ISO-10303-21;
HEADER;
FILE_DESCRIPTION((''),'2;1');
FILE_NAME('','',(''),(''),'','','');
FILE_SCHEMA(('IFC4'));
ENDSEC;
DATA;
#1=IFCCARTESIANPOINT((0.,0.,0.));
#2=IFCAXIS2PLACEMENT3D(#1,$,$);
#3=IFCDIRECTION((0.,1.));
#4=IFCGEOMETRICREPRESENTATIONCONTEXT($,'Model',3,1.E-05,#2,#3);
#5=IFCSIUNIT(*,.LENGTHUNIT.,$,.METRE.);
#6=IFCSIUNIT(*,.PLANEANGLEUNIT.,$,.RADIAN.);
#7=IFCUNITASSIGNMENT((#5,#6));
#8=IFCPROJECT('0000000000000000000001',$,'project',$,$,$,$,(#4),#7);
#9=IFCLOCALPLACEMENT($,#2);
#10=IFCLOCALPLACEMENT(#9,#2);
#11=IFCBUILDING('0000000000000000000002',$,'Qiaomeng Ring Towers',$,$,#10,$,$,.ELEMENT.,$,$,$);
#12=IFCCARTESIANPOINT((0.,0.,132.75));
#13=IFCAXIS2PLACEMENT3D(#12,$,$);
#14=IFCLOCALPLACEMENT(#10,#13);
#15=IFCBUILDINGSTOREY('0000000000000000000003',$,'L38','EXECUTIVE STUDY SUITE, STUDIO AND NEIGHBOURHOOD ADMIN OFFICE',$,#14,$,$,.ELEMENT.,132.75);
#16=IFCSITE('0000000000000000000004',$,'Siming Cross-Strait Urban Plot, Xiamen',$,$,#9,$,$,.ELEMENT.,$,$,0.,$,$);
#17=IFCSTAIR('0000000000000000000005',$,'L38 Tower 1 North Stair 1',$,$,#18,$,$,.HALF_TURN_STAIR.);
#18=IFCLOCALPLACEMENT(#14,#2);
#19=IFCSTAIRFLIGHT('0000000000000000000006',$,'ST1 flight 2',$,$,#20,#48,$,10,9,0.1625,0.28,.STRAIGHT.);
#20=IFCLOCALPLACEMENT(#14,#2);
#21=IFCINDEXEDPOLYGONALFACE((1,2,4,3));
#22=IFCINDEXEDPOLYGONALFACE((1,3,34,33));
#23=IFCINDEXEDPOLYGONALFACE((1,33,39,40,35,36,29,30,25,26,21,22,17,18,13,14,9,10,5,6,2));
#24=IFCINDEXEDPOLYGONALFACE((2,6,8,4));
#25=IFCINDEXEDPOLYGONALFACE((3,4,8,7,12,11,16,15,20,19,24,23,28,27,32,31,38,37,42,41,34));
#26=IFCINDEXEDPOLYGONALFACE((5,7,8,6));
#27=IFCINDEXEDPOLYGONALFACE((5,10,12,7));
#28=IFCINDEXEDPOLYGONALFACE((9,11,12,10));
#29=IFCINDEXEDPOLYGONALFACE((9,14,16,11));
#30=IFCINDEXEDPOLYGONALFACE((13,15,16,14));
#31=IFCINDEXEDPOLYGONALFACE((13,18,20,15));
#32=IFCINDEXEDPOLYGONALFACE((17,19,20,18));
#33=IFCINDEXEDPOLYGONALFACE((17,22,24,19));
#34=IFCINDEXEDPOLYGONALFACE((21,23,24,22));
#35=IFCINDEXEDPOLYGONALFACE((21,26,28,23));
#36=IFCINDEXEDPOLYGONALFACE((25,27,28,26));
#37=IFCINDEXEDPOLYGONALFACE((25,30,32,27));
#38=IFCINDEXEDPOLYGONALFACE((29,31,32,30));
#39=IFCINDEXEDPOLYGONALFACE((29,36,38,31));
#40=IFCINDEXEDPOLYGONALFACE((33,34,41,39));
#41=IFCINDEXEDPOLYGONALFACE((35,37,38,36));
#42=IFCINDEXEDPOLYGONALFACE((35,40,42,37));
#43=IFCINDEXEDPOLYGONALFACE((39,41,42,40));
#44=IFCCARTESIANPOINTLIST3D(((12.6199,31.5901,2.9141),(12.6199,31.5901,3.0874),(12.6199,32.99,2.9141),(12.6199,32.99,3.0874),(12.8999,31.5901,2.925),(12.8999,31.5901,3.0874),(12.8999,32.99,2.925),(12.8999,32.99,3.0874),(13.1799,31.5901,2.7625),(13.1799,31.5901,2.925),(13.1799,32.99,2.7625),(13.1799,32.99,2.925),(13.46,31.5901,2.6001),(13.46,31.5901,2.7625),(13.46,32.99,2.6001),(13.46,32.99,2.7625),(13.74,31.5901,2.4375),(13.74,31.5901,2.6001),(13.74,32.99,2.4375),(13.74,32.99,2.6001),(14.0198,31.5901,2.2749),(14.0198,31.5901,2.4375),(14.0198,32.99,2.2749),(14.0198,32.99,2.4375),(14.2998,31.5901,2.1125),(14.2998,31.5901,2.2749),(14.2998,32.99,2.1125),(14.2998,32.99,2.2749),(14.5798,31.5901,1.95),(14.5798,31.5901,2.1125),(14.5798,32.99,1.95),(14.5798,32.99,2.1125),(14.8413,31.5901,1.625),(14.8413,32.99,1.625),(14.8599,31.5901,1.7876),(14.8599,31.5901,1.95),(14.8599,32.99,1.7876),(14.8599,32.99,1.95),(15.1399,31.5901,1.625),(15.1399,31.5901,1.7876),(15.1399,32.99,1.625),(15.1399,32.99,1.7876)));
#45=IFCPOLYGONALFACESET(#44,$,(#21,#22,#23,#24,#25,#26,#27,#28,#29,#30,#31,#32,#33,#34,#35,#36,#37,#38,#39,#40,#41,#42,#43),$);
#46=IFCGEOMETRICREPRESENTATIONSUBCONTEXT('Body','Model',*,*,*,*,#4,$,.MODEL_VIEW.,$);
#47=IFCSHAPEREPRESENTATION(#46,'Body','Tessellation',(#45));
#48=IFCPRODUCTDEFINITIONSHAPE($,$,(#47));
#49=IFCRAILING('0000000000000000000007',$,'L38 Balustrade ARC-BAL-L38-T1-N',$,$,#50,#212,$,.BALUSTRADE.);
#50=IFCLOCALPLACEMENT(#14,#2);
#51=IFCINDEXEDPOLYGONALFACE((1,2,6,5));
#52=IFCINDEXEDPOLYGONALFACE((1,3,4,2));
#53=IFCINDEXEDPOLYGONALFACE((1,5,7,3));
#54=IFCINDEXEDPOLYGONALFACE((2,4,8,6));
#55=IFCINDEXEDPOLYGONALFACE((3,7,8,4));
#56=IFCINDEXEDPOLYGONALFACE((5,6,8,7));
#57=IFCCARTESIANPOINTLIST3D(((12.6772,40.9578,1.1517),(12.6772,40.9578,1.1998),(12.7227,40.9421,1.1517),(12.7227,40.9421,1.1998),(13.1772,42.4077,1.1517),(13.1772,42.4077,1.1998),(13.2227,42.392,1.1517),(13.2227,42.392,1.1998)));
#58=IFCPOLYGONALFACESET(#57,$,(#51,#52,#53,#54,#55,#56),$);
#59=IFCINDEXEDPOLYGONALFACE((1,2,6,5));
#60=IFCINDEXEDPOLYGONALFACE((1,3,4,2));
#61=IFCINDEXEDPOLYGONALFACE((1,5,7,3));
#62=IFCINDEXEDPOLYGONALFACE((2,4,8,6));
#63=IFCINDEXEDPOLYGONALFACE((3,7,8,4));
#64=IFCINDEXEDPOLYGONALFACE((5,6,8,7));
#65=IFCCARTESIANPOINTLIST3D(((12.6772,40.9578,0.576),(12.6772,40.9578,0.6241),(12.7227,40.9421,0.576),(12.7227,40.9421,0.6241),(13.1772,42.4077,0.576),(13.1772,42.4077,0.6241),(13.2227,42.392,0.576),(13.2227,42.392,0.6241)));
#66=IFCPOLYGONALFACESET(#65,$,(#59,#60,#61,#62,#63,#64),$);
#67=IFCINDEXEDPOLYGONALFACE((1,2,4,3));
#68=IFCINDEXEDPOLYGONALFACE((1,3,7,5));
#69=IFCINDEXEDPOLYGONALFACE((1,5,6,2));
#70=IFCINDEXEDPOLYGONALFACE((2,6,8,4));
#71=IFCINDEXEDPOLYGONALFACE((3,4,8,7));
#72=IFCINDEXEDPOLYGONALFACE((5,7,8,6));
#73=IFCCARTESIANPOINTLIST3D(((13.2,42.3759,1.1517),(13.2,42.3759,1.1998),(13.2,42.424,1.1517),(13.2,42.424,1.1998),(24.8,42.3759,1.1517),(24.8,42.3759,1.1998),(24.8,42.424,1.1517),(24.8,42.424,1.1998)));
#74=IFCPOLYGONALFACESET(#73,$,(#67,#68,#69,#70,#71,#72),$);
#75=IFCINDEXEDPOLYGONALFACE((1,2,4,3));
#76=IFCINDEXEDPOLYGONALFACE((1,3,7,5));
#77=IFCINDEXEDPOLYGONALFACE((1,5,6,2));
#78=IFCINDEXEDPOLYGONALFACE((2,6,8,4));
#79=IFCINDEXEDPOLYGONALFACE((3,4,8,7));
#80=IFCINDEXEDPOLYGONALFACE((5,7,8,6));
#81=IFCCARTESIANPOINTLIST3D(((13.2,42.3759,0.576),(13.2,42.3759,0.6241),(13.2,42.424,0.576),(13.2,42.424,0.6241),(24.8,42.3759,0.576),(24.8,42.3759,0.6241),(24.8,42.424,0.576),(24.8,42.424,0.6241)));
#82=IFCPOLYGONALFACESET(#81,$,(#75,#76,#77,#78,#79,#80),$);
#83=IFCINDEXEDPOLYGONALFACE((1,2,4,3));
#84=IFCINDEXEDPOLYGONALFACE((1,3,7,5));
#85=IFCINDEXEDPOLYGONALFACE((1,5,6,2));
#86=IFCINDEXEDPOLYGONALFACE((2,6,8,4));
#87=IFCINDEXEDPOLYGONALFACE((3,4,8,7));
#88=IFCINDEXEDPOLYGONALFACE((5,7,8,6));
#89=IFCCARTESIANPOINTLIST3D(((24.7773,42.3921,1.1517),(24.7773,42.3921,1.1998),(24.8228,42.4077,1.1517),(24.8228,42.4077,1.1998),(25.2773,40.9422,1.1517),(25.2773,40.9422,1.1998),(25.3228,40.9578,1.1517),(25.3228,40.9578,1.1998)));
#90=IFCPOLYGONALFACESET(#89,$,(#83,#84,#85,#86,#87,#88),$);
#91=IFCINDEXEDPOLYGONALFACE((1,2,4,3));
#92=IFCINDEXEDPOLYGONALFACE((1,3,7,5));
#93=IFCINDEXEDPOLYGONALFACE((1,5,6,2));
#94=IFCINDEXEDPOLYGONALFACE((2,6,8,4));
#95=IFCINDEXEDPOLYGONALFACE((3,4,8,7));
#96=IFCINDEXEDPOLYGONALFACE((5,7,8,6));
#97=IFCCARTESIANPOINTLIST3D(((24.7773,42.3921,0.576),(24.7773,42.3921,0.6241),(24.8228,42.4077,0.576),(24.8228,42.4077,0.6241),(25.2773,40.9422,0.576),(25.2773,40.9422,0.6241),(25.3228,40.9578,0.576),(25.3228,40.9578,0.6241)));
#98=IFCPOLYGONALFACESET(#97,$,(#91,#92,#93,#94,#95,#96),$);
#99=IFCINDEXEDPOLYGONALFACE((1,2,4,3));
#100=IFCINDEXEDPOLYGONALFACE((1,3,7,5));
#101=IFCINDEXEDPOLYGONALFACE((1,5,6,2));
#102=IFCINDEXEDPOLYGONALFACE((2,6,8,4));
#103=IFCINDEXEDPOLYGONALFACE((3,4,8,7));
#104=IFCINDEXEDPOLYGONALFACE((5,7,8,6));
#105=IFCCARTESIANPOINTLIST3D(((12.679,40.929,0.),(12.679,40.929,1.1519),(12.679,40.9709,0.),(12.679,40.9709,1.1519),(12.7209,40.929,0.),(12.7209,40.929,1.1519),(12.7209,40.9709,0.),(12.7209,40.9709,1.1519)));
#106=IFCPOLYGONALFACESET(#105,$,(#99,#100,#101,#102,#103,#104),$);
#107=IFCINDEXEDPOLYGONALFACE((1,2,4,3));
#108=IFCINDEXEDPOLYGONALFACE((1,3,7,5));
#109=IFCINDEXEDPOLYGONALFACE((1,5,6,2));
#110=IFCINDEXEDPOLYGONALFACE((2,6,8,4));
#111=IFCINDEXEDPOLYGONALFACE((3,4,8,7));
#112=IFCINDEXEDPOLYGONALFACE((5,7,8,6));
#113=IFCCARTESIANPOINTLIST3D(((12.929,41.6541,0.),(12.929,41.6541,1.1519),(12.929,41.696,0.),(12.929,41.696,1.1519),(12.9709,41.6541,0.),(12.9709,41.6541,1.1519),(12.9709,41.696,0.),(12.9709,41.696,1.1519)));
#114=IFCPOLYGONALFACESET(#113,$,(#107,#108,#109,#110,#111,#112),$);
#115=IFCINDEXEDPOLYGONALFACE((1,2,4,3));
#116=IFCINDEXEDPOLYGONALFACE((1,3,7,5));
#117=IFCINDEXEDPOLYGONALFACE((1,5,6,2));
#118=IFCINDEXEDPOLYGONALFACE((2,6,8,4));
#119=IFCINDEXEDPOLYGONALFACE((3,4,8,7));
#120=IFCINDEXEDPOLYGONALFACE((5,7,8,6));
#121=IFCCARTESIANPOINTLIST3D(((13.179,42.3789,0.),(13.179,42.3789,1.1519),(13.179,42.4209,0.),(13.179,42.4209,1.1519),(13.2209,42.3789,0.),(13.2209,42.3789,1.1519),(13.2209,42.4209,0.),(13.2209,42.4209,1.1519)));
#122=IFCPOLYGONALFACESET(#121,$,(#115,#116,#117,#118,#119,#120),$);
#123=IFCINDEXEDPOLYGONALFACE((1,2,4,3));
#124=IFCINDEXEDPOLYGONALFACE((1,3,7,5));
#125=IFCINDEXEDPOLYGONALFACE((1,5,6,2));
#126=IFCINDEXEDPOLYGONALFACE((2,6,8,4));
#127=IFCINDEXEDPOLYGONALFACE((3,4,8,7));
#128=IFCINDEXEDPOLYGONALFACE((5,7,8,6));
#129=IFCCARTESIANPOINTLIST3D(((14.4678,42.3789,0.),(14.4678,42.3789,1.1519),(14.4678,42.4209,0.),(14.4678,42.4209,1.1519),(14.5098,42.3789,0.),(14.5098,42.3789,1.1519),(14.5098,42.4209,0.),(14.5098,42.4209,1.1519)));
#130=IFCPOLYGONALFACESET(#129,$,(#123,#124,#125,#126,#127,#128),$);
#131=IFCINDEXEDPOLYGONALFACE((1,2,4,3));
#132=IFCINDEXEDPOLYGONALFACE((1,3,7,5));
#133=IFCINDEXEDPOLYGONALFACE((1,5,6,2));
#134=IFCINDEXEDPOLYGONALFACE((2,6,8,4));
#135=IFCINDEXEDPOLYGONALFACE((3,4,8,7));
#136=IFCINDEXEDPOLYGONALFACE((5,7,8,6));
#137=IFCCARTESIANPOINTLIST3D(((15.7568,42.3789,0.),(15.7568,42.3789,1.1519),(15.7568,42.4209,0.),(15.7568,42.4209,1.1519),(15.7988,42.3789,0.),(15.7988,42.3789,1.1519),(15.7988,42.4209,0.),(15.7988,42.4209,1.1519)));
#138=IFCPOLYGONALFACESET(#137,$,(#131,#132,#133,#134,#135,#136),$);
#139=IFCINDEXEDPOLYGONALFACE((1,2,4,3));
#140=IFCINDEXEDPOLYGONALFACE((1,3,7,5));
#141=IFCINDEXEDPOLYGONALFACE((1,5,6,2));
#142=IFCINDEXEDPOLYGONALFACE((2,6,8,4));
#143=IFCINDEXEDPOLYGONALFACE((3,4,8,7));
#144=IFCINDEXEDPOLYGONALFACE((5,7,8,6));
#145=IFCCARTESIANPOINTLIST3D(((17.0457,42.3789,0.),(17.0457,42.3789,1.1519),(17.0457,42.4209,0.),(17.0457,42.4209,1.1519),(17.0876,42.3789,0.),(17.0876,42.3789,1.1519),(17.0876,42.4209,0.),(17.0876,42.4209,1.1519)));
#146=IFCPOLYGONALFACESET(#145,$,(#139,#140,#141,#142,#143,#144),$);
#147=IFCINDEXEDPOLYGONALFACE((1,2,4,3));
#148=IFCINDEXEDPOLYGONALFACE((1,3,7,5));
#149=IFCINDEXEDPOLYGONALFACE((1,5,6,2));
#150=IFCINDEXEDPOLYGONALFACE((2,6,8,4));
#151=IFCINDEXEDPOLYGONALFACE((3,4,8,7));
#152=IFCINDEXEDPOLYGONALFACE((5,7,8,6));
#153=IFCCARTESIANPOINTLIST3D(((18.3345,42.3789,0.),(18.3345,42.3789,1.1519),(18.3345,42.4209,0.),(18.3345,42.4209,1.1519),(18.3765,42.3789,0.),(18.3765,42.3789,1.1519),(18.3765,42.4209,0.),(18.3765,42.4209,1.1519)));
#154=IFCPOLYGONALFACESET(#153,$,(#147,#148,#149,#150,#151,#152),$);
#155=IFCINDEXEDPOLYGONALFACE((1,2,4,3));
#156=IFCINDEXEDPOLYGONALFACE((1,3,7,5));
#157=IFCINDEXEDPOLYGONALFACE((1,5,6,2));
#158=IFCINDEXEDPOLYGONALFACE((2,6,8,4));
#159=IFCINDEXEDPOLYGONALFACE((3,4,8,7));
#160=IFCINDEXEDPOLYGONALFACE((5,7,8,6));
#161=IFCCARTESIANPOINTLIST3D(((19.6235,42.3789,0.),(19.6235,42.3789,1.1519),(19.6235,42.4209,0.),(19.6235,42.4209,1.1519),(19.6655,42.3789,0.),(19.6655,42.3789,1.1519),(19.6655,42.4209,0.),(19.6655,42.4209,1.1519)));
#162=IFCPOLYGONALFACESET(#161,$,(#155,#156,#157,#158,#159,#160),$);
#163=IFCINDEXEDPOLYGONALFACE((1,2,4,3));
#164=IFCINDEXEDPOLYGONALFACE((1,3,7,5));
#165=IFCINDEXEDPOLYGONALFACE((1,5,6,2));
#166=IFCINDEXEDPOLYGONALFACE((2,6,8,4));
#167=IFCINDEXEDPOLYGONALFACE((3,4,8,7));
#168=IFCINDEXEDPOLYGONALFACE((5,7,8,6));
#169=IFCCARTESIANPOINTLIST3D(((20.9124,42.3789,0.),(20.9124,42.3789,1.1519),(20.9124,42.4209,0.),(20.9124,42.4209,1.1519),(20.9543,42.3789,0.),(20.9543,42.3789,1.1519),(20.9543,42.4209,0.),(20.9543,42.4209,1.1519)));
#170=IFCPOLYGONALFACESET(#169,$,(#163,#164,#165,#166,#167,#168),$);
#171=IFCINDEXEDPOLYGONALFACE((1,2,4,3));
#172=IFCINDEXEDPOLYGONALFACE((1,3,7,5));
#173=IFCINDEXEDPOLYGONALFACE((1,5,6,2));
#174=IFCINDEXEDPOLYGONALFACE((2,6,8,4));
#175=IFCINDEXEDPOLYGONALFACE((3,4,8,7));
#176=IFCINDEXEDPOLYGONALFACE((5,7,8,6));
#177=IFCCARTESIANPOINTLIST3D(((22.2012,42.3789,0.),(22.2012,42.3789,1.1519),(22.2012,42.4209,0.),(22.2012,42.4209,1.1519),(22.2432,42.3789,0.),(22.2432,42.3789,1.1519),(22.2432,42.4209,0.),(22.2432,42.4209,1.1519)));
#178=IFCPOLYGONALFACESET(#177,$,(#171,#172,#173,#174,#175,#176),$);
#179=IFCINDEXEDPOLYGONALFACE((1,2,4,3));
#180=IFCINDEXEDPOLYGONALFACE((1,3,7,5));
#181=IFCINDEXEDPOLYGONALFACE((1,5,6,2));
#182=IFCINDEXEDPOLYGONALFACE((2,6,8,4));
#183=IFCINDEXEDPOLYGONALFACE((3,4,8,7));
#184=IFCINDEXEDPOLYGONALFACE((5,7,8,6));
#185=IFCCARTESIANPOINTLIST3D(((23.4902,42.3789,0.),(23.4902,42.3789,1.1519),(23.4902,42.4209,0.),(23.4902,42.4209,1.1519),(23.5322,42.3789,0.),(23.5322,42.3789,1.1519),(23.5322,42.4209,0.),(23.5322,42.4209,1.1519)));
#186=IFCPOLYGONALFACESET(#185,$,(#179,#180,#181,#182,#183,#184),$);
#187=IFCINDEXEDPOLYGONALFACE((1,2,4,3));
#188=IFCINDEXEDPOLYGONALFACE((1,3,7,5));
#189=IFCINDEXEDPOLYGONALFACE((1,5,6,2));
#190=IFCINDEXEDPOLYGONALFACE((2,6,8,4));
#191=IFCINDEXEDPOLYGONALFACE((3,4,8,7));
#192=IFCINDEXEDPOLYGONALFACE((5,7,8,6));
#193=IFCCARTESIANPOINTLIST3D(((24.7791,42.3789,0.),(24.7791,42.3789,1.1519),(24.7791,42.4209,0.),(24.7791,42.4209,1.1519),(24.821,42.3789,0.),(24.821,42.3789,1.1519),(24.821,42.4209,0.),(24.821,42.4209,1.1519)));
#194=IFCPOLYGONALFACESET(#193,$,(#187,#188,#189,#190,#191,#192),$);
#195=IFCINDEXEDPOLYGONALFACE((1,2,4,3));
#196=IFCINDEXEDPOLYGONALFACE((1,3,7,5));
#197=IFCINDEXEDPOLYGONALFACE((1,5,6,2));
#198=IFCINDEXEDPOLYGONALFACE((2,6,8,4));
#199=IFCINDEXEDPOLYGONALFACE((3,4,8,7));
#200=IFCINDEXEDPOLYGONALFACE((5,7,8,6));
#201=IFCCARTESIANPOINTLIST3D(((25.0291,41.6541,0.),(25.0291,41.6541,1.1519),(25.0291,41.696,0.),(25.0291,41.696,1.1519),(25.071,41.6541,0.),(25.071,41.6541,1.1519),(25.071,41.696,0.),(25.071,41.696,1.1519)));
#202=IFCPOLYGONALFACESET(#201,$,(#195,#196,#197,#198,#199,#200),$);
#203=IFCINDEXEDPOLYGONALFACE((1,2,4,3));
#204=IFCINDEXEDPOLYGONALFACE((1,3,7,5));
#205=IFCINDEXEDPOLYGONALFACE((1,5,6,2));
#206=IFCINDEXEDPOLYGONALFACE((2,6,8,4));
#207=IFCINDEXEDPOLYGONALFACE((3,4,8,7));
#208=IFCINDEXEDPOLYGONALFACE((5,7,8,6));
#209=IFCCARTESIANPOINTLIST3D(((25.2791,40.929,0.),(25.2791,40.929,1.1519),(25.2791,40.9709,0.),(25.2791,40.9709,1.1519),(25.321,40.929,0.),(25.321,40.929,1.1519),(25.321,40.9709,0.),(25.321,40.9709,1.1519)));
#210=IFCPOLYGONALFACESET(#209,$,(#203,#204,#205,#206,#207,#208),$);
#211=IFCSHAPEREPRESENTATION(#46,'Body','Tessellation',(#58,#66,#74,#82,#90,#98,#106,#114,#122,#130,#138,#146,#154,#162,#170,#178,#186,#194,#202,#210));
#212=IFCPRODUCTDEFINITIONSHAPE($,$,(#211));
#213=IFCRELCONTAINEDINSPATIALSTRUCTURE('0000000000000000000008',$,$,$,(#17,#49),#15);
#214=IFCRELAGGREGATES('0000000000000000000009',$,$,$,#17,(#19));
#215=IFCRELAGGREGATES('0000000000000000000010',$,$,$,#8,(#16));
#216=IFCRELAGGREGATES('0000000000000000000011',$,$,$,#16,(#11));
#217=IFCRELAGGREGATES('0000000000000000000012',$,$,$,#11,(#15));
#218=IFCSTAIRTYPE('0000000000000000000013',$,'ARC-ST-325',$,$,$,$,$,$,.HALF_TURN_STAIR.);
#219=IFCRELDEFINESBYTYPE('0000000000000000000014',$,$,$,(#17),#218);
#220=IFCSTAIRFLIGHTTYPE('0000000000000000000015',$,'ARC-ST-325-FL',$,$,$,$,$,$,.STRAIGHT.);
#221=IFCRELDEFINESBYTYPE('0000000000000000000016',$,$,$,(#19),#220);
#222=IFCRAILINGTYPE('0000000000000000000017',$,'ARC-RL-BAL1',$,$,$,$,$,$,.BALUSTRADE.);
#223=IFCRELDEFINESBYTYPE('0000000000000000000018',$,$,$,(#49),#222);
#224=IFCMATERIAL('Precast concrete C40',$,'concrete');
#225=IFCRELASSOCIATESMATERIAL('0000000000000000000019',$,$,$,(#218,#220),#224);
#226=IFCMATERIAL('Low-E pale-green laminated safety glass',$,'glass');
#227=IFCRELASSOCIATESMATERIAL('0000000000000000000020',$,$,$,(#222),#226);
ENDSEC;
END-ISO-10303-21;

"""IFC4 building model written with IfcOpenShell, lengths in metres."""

from ifc_helpers import new_model, si_unit, direction, frame, origin, origin_2d, place, context, subcontext, project, spatial, polyline, rectangle, outline, extrude, source, transform, mapped, material, type_object, element, aggregate, save


model = new_model("IFC4")

# Units and contexts
model_context = context("Model", 3, precision=1e-05, world=origin(), true_north=direction((0.0, 1.0)))
body_context = subcontext(model_context, "Body", "Model", "MODEL_VIEW")
ifc_project = project(units=[si_unit("LENGTHUNIT", "METRE"), si_unit("PLANEANGLEUNIT", "RADIAN")], contexts=[model_context])

# Site, building, storey
site_placement = place(None, origin())
site = spatial("IfcSite", under=ifc_project, at=site_placement, Name="Siming Cross-Strait Urban Plot, Xiamen", CompositionType="ELEMENT", RefElevation=0.0)
building_placement = place(site_placement, origin())
building = spatial("IfcBuilding", under=site, at=building_placement, Name="Qiaomeng Ring Towers", CompositionType="ELEMENT")
storey_placement = place(building_placement, frame((0.0, 0.0, 132.75)))
storey = spatial("IfcBuildingStorey", under=building, at=storey_placement, Name="L38", Description="EXECUTIVE STUDY SUITE, STUDIO AND NEIGHBOURHOOD ADMIN OFFICE", CompositionType="ELEMENT", Elevation=132.75)

# Stair, stair flight
ifc_material_1 = material(Name="Precast concrete C40", Category="concrete")
stair_type = type_object("IfcStairType", Name="ARC-ST-325", PredefinedType="HALF_TURN_STAIR", material=ifc_material_1)
stair_placement = place(storey_placement, origin())
stair = element("IfcStair", 1, at=stair_placement, inside=storey, type_object=stair_type, Name="L38 Tower 1 North Stair 1", PredefinedType="HALF_TURN_STAIR")
stair_flight_type = type_object("IfcStairFlightType", Name="ARC-ST-325-FL", PredefinedType="STRAIGHT", material=ifc_material_1)
shared_shape_1 = source(origin(), body_context, "Body", "SweptSolid", [
    extrude(outline(polyline([(0.0, 0.0), (0.0, 0.1626), (0.28, 0.1626), (0.28, 0.325), (0.5601, 0.325), (0.5601, 0.4875), (0.8401, 0.4875), (0.8401, 0.6499), (1.1201, 0.6499), (1.1201, 0.8125), (1.3999, 0.8125), (1.3999, 0.9751), (1.6799, 0.9751), (1.6799, 1.1375), (1.96, 1.1375), (1.96, 1.3), (2.24, 1.3), (2.24, 1.4624), (2.52, 1.4624), (2.52, 1.625), (2.52, 1.2891), (0.2986, 0.0), (0.0, 0.0)])), frame((0.0, 0.7, 0.0), z_axis=(0.0, -1.0, 0.0), x_axis=(1.0, 0.0, 0.0)), (0.0, 0.0, 1.0), 1.3999),
])
stair_flight_placement = place(storey_placement, frame((15.1399, 32.29, 1.625), z_axis=(0.0, 0.0, 1.0), x_axis=(-1.0, 0.0, 0.0)))
stair_flight = element("IfcStairFlight", 2, at=stair_flight_placement, type_object=stair_flight_type, Name="ST1 flight 2", NumberOfRisers=10, NumberOfTreads=9, PredefinedType="STRAIGHT", RiserHeight=0.1625, TreadLength=0.28, context=body_context, shape_type="MappedRepresentation", body=[
    mapped(shared_shape_1, transform((0.0, 0.0, 0.0), x_axis=(1.0, 0.0, 0.0), y_axis=(0.0, 1.0, 0.0), z_axis=(0.0, 0.0, 1.0), scale=1.0)),
])
aggregate(stair, [stair_flight])

# Railing
ifc_material_2 = material(Name="Low-E pale-green laminated safety glass", Category="glass")
railing_type_1 = type_object("IfcRailingType", Name="ARC-RL-BAL1", PredefinedType="BALUSTRADE", material=ifc_material_2)
railing_1_placement = place(storey_placement, frame((12.7, 40.95, 0.0)))
element("IfcRailing", 3, at=railing_1_placement, inside=storey, type_object=railing_type_1, Name="L38 Balustrade ARC-BAL-L38-T1-N", PredefinedType="BALUSTRADE", context=body_context, shape_type="SweptSolid", body=[
    extrude(rectangle(XDim=0.0481, YDim=0.0481, at=origin_2d()), frame((0.0, 0.0, 1.1758), z_axis=(0.326, 0.94537, 0.0), x_axis=(-0.94537, 0.326, 0.0)), (0.0, 0.0, 1.0), 1.5337),
    extrude(rectangle(XDim=0.0481, YDim=0.0481, at=origin_2d()), frame((0.0, 0.0, 0.6001), z_axis=(0.326, 0.94537, 0.0), x_axis=(-0.94537, 0.326, 0.0)), (0.0, 0.0, 1.0), 1.5337),
    extrude(rectangle(XDim=0.0481, YDim=0.0481, at=origin_2d()), frame((0.5, 1.45, 1.1758), z_axis=(1.0, 0.0, 0.0), x_axis=(0.0, 1.0, 0.0)), (0.0, 0.0, 1.0), 11.6001),
    extrude(rectangle(XDim=0.0481, YDim=0.0481, at=origin_2d()), frame((0.5, 1.45, 0.6001), z_axis=(1.0, 0.0, 0.0), x_axis=(0.0, 1.0, 0.0)), (0.0, 0.0, 1.0), 11.6001),
    extrude(rectangle(XDim=0.0481, YDim=0.0481, at=origin_2d()), frame((12.1001, 1.45, 1.1758), z_axis=(0.326, -0.94537, 0.0), x_axis=(0.94537, 0.326, 0.0)), (0.0, 0.0, 1.0), 1.5337),
    extrude(rectangle(XDim=0.0481, YDim=0.0481, at=origin_2d()), frame((12.1001, 1.45, 0.6001), z_axis=(0.326, -0.94537, 0.0), x_axis=(0.94537, 0.326, 0.0)), (0.0, 0.0, 1.0), 1.5337),
    extrude(rectangle(XDim=0.042, YDim=0.042, at=origin_2d()), origin(), (0.0, 0.0, 1.0), 1.1519),
    extrude(rectangle(XDim=0.042, YDim=0.042, at=origin_2d()), frame((0.25, 0.7251, 0.0)), (0.0, 0.0, 1.0), 1.1519),
    extrude(rectangle(XDim=0.042, YDim=0.042, at=origin_2d()), frame((0.5, 1.45, 0.0)), (0.0, 0.0, 1.0), 1.1519),
    extrude(rectangle(XDim=0.042, YDim=0.042, at=origin_2d()), frame((1.7888, 1.45, 0.0)), (0.0, 0.0, 1.0), 1.1519),
    extrude(rectangle(XDim=0.042, YDim=0.042, at=origin_2d()), frame((3.0779, 1.45, 0.0)), (0.0, 0.0, 1.0), 1.1519),
    extrude(rectangle(XDim=0.042, YDim=0.042, at=origin_2d()), frame((4.3667, 1.45, 0.0)), (0.0, 0.0, 1.0), 1.1519),
    extrude(rectangle(XDim=0.042, YDim=0.042, at=origin_2d()), frame((5.6555, 1.45, 0.0)), (0.0, 0.0, 1.0), 1.1519),
    extrude(rectangle(XDim=0.042, YDim=0.042, at=origin_2d()), frame((6.9446, 1.45, 0.0)), (0.0, 0.0, 1.0), 1.1519),
    extrude(rectangle(XDim=0.042, YDim=0.042, at=origin_2d()), frame((8.2334, 1.45, 0.0)), (0.0, 0.0, 1.0), 1.1519),
    extrude(rectangle(XDim=0.042, YDim=0.042, at=origin_2d()), frame((9.5222, 1.45, 0.0)), (0.0, 0.0, 1.0), 1.1519),
    extrude(rectangle(XDim=0.042, YDim=0.042, at=origin_2d()), frame((10.8113, 1.45, 0.0)), (0.0, 0.0, 1.0), 1.1519),
    extrude(rectangle(XDim=0.042, YDim=0.042, at=origin_2d()), frame((12.1001, 1.45, 0.0)), (0.0, 0.0, 1.0), 1.1519),
    extrude(rectangle(XDim=0.042, YDim=0.042, at=origin_2d()), frame((12.3501, 0.7251, 0.0)), (0.0, 0.0, 1.0), 1.1519),
    extrude(rectangle(XDim=0.042, YDim=0.042, at=origin_2d()), frame((12.6001, 0.0, 0.0)), (0.0, 0.0, 1.0), 1.1519),
])

save(model, "model.ifc")
